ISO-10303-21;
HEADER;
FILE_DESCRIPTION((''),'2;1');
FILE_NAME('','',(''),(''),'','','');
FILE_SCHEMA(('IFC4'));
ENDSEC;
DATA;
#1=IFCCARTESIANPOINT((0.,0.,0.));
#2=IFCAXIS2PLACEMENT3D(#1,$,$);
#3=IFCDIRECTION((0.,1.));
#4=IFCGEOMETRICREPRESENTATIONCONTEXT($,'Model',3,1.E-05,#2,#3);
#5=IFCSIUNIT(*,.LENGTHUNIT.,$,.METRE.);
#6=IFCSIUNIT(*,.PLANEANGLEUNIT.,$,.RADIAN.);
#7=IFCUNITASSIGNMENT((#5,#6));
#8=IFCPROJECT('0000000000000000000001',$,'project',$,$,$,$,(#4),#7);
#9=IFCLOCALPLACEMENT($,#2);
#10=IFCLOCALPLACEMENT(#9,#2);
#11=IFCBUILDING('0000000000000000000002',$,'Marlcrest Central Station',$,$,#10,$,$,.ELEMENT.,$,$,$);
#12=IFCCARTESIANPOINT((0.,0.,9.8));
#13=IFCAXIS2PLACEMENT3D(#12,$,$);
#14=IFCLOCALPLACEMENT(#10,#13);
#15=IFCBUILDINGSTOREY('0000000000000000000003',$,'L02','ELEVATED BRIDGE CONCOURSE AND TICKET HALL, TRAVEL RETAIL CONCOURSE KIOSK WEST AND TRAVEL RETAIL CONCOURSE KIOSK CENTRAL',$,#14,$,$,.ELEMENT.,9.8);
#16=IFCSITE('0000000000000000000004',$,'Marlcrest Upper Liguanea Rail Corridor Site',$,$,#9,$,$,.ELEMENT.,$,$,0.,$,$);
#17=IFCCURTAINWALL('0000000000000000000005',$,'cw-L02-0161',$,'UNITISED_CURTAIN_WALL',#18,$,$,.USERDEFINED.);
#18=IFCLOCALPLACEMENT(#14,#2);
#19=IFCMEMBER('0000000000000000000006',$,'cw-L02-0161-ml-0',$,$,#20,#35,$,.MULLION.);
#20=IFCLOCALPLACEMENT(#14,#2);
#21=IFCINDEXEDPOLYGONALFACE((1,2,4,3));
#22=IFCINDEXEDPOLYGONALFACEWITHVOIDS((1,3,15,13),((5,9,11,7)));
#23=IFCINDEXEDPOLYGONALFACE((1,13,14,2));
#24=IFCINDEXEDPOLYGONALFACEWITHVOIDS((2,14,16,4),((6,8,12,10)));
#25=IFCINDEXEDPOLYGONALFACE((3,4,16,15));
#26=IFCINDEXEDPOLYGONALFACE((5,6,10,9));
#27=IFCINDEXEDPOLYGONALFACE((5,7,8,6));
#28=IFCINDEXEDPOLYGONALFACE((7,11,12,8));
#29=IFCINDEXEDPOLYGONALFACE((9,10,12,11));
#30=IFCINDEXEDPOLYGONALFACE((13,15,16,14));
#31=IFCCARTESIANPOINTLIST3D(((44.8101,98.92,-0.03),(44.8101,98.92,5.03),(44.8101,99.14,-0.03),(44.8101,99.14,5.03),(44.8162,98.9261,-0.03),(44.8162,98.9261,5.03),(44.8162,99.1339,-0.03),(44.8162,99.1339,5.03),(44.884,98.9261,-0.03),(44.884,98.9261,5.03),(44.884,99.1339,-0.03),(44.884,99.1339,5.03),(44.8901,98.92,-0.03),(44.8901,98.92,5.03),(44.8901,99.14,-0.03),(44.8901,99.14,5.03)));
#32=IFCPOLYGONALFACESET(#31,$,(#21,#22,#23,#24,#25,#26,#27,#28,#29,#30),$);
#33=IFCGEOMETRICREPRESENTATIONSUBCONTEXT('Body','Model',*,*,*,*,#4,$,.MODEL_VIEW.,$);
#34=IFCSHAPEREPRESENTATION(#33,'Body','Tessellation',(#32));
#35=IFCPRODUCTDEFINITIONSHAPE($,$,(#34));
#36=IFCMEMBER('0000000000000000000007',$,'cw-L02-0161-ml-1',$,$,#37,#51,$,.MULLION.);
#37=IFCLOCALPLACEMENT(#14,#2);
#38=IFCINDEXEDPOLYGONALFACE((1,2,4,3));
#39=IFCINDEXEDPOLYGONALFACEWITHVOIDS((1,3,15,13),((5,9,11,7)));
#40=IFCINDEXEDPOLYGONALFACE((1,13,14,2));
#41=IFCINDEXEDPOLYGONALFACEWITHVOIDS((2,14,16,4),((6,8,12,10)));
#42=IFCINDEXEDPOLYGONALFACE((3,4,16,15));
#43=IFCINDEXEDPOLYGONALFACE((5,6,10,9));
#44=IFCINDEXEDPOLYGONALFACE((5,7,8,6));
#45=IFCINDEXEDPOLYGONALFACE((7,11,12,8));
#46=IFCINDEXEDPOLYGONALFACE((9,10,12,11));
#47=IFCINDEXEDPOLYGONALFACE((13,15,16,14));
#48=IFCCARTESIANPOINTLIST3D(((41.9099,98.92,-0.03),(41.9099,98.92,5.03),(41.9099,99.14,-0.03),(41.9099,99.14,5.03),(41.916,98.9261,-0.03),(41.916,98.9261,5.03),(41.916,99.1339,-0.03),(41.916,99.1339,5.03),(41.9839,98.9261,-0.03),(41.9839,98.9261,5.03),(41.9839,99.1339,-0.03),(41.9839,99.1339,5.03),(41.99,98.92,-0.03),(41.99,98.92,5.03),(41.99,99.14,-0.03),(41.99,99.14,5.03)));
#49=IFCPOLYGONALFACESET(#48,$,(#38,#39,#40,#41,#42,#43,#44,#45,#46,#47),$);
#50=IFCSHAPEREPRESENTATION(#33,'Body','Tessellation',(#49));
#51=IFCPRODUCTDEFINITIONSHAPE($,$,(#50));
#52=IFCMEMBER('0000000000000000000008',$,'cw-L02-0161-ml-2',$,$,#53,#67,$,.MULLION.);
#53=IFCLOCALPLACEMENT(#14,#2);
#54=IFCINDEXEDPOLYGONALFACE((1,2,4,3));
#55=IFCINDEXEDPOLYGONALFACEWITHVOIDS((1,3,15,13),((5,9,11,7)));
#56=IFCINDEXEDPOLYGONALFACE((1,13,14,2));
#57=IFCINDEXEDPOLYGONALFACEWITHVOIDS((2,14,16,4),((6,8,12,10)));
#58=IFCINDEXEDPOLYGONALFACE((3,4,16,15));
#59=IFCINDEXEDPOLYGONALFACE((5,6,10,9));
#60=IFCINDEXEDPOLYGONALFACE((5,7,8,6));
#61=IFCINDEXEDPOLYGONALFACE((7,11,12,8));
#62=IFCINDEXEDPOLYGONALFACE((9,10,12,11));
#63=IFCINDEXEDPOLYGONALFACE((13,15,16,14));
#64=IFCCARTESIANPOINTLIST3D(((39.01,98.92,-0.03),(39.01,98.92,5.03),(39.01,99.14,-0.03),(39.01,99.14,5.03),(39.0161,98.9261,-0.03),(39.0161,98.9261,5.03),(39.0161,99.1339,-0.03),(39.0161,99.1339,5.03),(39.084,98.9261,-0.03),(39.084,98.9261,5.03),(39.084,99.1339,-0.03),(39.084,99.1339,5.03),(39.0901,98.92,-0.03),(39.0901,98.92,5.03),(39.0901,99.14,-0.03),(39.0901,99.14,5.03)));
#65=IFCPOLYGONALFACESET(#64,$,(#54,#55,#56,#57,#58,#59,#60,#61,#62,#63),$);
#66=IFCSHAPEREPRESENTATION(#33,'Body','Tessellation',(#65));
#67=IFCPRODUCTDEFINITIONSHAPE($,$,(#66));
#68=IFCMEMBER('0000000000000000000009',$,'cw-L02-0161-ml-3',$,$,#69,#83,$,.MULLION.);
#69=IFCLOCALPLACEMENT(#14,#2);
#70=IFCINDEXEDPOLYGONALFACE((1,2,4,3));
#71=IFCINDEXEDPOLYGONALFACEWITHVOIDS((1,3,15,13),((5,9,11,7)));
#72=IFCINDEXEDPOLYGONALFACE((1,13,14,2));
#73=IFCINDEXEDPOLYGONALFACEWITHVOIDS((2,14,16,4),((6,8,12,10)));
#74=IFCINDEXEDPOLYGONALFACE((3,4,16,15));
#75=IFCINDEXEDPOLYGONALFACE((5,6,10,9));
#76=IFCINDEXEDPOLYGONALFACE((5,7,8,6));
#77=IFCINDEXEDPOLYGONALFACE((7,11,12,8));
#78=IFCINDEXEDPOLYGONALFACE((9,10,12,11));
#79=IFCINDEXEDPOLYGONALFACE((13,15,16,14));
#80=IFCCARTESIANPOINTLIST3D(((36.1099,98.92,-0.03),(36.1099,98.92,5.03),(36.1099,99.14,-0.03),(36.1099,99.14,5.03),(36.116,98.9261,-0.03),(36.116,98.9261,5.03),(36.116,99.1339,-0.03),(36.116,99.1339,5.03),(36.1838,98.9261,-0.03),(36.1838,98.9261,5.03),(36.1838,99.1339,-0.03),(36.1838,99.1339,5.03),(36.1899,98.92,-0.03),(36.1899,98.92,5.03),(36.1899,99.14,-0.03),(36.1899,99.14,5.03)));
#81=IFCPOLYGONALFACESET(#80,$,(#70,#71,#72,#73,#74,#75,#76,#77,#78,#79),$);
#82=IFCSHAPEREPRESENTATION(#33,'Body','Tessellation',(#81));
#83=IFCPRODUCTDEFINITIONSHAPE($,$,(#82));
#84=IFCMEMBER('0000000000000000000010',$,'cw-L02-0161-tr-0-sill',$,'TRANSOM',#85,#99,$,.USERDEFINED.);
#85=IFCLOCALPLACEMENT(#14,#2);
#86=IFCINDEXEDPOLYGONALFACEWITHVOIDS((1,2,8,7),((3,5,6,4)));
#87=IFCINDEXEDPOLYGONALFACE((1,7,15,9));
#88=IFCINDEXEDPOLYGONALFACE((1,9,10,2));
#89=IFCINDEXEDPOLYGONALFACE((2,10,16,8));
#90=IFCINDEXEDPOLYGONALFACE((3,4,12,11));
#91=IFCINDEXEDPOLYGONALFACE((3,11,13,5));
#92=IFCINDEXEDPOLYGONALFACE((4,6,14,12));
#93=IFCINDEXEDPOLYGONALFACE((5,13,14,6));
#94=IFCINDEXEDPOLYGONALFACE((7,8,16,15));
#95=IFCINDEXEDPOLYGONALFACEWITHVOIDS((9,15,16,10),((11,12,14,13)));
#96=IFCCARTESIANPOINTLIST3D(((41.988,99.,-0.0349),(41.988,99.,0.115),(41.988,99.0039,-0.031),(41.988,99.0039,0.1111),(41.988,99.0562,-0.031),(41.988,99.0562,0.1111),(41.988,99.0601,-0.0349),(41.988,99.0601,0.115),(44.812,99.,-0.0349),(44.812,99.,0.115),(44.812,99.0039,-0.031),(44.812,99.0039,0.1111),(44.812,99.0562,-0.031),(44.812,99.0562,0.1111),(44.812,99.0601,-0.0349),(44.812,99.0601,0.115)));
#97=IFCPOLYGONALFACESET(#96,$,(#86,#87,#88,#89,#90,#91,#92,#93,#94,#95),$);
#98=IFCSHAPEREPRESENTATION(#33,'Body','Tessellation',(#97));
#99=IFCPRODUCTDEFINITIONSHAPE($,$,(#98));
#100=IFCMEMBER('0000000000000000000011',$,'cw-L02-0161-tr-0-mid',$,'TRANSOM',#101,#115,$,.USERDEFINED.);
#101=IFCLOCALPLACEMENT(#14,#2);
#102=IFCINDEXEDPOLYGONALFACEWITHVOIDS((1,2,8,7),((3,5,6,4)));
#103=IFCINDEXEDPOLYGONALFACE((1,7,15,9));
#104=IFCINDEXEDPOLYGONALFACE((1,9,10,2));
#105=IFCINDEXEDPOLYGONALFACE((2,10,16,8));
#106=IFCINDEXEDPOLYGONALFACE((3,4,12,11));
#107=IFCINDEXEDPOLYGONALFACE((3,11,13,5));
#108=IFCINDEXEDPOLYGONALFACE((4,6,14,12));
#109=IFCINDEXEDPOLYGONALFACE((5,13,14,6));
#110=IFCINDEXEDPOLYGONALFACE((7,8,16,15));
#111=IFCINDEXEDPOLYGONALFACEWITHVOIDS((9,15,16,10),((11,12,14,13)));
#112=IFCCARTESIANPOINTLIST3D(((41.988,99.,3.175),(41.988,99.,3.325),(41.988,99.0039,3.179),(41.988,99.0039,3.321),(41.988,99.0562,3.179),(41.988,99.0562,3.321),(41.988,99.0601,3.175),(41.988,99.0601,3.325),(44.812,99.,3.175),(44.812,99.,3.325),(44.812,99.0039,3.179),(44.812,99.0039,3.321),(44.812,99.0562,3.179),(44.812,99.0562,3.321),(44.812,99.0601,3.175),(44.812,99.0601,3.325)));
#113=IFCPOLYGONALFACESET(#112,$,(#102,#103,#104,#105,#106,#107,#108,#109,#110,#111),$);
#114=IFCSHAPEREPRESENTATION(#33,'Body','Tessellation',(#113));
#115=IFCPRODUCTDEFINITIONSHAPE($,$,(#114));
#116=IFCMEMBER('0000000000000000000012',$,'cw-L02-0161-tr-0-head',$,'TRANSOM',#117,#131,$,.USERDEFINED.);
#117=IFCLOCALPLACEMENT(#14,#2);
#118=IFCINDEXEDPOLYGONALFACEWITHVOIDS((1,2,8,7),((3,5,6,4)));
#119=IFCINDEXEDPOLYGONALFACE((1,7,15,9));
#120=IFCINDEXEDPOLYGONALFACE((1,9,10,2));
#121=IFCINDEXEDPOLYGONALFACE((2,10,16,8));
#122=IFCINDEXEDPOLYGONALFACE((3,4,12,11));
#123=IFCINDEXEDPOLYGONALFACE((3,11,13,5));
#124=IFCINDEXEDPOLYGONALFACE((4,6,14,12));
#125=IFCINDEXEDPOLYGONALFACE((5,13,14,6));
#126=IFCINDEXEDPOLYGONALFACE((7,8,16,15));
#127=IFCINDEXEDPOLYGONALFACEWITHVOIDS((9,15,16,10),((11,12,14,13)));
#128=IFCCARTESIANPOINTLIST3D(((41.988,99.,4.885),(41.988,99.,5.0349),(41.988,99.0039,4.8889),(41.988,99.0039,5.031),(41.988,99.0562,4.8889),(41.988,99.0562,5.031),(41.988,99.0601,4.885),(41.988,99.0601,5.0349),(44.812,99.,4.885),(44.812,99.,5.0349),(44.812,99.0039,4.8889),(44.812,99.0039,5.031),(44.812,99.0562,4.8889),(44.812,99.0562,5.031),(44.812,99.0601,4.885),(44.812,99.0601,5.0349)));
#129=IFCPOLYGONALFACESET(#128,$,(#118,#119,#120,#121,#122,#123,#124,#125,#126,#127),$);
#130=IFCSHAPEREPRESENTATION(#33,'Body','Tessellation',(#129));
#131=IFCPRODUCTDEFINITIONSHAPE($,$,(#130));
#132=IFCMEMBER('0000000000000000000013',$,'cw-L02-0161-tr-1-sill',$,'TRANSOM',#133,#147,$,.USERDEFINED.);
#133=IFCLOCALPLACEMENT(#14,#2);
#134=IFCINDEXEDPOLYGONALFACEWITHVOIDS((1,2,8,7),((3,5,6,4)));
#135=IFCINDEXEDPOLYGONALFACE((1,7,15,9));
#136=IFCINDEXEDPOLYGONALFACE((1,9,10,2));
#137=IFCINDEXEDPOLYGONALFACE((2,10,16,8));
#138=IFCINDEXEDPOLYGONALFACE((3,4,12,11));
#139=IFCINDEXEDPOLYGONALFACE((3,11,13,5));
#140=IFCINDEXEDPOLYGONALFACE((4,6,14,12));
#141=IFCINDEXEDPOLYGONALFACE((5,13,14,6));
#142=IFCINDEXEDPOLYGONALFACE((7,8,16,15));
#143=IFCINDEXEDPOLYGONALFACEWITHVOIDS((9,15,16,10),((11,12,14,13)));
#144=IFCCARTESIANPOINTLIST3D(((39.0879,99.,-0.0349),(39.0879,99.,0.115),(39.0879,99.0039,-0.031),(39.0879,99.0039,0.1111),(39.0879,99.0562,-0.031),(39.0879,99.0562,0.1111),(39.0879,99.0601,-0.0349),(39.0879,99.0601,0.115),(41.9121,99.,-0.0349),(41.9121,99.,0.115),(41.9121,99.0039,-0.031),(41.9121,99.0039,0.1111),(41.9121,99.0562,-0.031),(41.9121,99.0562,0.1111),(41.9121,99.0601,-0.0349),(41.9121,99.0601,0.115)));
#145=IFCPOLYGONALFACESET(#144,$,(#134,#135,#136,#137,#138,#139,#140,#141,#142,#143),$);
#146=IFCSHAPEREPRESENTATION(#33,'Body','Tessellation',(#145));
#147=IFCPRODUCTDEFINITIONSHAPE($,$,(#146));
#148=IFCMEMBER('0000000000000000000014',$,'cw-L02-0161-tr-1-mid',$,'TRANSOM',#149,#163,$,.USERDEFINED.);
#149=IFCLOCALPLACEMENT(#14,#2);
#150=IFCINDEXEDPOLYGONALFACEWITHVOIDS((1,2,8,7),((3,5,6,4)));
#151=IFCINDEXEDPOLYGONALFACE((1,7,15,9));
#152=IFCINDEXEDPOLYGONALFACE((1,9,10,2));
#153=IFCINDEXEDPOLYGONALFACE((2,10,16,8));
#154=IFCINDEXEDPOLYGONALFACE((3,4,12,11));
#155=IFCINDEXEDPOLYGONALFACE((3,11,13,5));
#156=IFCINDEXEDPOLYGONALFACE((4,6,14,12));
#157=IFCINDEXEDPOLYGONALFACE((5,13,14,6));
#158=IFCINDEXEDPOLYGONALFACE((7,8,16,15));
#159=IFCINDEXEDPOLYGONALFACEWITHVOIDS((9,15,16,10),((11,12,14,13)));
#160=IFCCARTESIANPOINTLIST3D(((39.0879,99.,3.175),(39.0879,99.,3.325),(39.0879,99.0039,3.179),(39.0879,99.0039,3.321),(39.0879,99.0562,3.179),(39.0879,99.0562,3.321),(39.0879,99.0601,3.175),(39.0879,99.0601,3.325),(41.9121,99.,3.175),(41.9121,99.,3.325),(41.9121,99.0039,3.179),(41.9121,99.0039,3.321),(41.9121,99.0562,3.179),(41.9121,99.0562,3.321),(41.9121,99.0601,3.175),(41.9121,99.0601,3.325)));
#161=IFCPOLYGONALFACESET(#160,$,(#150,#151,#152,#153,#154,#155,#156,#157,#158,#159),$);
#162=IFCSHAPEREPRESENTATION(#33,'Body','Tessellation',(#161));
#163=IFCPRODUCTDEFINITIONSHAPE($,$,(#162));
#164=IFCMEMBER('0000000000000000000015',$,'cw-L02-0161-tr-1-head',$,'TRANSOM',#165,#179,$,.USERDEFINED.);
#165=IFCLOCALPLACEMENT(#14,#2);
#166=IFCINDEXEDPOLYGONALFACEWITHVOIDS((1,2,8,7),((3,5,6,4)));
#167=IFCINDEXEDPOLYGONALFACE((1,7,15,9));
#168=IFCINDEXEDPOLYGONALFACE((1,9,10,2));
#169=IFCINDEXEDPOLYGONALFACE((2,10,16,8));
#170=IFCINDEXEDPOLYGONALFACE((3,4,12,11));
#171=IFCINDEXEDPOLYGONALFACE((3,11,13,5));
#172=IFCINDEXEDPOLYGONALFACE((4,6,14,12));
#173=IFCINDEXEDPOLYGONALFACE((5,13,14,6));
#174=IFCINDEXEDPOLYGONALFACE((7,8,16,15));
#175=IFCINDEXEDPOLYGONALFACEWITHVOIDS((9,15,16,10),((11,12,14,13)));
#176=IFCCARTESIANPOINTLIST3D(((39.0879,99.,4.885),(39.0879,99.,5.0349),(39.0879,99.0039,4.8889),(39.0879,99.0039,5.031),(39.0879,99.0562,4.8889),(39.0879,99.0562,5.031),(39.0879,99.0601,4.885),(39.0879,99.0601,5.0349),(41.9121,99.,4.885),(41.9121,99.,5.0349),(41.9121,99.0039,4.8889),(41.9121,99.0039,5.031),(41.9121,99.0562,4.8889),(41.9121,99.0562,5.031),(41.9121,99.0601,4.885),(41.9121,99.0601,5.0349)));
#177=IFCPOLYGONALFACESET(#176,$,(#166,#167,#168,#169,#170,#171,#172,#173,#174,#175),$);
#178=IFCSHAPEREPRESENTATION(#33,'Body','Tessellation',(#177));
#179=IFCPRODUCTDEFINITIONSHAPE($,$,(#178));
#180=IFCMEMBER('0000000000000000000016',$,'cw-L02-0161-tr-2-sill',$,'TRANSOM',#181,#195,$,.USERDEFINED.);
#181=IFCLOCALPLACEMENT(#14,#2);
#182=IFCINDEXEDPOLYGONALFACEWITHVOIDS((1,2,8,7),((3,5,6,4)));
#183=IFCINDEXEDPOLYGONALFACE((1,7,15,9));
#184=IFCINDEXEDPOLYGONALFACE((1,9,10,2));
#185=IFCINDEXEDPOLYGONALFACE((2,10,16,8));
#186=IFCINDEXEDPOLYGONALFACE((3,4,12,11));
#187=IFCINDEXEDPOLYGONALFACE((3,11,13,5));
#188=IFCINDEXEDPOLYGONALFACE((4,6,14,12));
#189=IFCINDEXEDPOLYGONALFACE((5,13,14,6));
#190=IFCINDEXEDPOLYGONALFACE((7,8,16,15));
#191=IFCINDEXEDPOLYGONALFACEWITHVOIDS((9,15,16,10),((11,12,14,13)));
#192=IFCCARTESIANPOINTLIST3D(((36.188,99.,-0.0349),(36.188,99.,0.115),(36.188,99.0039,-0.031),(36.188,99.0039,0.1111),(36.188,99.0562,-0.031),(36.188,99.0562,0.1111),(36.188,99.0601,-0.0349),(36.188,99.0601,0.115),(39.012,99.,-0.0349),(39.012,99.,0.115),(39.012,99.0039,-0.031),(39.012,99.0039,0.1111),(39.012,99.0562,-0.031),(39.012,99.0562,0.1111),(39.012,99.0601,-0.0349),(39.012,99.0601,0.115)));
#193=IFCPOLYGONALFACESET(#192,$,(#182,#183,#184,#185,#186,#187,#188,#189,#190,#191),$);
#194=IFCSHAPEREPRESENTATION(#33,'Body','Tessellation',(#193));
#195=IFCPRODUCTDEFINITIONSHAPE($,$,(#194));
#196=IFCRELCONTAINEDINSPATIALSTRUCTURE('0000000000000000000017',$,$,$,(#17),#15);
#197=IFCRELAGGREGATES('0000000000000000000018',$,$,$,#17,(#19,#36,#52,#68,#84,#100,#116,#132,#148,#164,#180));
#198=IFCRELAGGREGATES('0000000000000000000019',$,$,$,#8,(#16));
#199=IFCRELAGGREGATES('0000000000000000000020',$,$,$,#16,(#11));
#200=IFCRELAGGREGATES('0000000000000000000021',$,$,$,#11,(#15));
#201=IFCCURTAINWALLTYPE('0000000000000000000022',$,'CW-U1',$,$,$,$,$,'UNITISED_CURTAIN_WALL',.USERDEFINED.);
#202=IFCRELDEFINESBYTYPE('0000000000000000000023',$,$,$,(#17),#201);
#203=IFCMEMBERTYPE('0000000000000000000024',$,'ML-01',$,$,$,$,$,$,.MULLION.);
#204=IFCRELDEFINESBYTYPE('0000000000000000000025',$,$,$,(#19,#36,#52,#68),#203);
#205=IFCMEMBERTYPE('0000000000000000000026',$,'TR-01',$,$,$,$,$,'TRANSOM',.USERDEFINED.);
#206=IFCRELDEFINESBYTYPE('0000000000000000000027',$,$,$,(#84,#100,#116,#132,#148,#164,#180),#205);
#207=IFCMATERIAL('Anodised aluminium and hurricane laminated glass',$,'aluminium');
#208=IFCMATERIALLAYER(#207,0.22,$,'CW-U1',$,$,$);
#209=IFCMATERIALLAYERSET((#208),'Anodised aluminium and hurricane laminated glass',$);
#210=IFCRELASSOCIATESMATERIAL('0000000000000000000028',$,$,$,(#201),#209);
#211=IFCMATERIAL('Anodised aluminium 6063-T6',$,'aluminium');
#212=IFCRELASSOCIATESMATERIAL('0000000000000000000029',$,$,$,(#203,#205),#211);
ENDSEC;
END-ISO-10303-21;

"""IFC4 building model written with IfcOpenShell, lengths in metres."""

from ifc_helpers import new_model, si_unit, direction, frame, origin, origin_2d, place, context, subcontext, project, spatial, hollow_rectangle, extrude, material, layer, layer_set, material_profile, profile_set, type_object, element, aggregate, save


model = new_model("IFC4")

# Units and contexts
model_context = context("Model", 3, precision=1e-05, world=origin(), true_north=direction((0.0, 1.0)))
body_context = subcontext(model_context, "Body", "Model", "MODEL_VIEW")
ifc_project = project(units=[si_unit("LENGTHUNIT", "METRE"), si_unit("PLANEANGLEUNIT", "RADIAN")], contexts=[model_context])

# Site, building, storey
site_placement = place(None, origin())
site = spatial("IfcSite", under=ifc_project, at=site_placement, Name="Marlcrest Upper Liguanea Rail Corridor Site", CompositionType="ELEMENT", RefElevation=0.0)
building_placement = place(site_placement, origin())
building = spatial("IfcBuilding", under=site, at=building_placement, Name="Marlcrest Central Station", CompositionType="ELEMENT")
storey_placement = place(building_placement, frame((0.0, 0.0, 9.8)))
storey = spatial("IfcBuildingStorey", under=building, at=storey_placement, Name="L02", Description="ELEVATED BRIDGE CONCOURSE AND TICKET HALL, TRAVEL RETAIL CONCOURSE KIOSK WEST AND TRAVEL RETAIL CONCOURSE KIOSK CENTRAL", CompositionType="ELEMENT", Elevation=9.8)

# Curtain wall, members
ifc_material_1 = material(Name="Anodised aluminium and hurricane laminated glass", Category="aluminium")
ifc_layer_1 = layer(ifc_material_1, 0.22, Name="CW-U1")
ifc_layer_set_1 = layer_set([ifc_layer_1], Name="Anodised aluminium and hurricane laminated glass")
curtain_wall_type = type_object("IfcCurtainWallType", Name="CW-U1", ElementType="UNITISED_CURTAIN_WALL", PredefinedType="USERDEFINED", material=ifc_layer_set_1)
curtain_wall_placement = place(storey_placement, origin())
curtain_wall = element("IfcCurtainWall", 1, at=curtain_wall_placement, inside=storey, type_object=curtain_wall_type, Name="cw-L02-0161", ObjectType="UNITISED_CURTAIN_WALL", PredefinedType="USERDEFINED")
ifc_material_2 = material(Name="Anodised aluminium 6063-T6", Category="aluminium")
ifc_material_profile_1 = material_profile(ifc_material_2, hollow_rectangle(XDim=0.0801, YDim=0.22, WallThickness=0.0061, at=origin_2d()), Name="AA-RHS 220x80x6")
ifc_profile_set_1 = profile_set([ifc_material_profile_1], Name="Anodised aluminium 6063-T6")
member_type_1 = type_object("IfcMemberType", Name="ML-01", PredefinedType="MULLION", material=ifc_profile_set_1)
member_1_placement = place(storey_placement, frame((44.8501, 99.03, -0.03), z_axis=(0.0, 0.0, 1.0), x_axis=(1.0, 0.0, 0.0)))
member_1 = element("IfcMember", 2, at=member_1_placement, type_object=member_type_1, Name="cw-L02-0161-ml-0", PredefinedType="MULLION", context=body_context, shape_type="SweptSolid", body=[
    extrude(hollow_rectangle(XDim=0.0801, YDim=0.22, WallThickness=0.0061, at=origin_2d()), origin(), (0.0, 0.0, 1.0), 5.0601),
])
member_2_placement = place(storey_placement, frame((41.95, 99.03, -0.03), z_axis=(0.0, 0.0, 1.0), x_axis=(1.0, 0.0, 0.0)))
member_2 = element("IfcMember", 3, at=member_2_placement, type_object=member_type_1, Name="cw-L02-0161-ml-1", PredefinedType="MULLION", context=body_context, shape_type="SweptSolid", body=[
    extrude(hollow_rectangle(XDim=0.0801, YDim=0.22, WallThickness=0.0061, at=origin_2d()), origin(), (0.0, 0.0, 1.0), 5.0601),
])
member_3_placement = place(storey_placement, frame((39.05, 99.03, -0.03), z_axis=(0.0, 0.0, 1.0), x_axis=(1.0, 0.0, 0.0)))
member_3 = element("IfcMember", 4, at=member_3_placement, type_object=member_type_1, Name="cw-L02-0161-ml-2", PredefinedType="MULLION", context=body_context, shape_type="SweptSolid", body=[
    extrude(hollow_rectangle(XDim=0.0801, YDim=0.22, WallThickness=0.0061, at=origin_2d()), origin(), (0.0, 0.0, 1.0), 5.0601),
])
member_4_placement = place(storey_placement, frame((36.1499, 99.03, -0.03), z_axis=(0.0, 0.0, 1.0), x_axis=(1.0, 0.0, 0.0)))
member_4 = element("IfcMember", 5, at=member_4_placement, type_object=member_type_1, Name="cw-L02-0161-ml-3", PredefinedType="MULLION", context=body_context, shape_type="SweptSolid", body=[
    extrude(hollow_rectangle(XDim=0.0801, YDim=0.22, WallThickness=0.0061, at=origin_2d()), origin(), (0.0, 0.0, 1.0), 5.0601),
])
ifc_material_profile_2 = material_profile(ifc_material_2, hollow_rectangle(XDim=0.0601, YDim=0.1499, WallThickness=0.0039, at=origin_2d()), Name="AA-RHS 150x60x4")
ifc_profile_set_2 = profile_set([ifc_material_profile_2], Name="Anodised aluminium 6063-T6")
member_type_2 = type_object("IfcMemberType", Name="TR-01", ElementType="TRANSOM", PredefinedType="USERDEFINED", material=ifc_profile_set_2)
member_5_placement = place(storey_placement, frame((44.812, 99.03, 0.04), z_axis=(-1.0, 0.0, 0.0), x_axis=(0.0, -1.0, 0.0)))
member_5 = element("IfcMember", 6, at=member_5_placement, type_object=member_type_2, Name="cw-L02-0161-tr-0-sill", ObjectType="TRANSOM", PredefinedType="USERDEFINED", context=body_context, shape_type="SweptSolid", body=[
    extrude(hollow_rectangle(XDim=0.0601, YDim=0.1499, WallThickness=0.0039, at=origin_2d()), origin(), (0.0, 0.0, 1.0), 2.824),
])
member_6_placement = place(storey_placement, frame((44.812, 99.03, 3.25), z_axis=(-1.0, 0.0, 0.0), x_axis=(0.0, -1.0, 0.0)))
member_6 = element("IfcMember", 7, at=member_6_placement, type_object=member_type_2, Name="cw-L02-0161-tr-0-mid", ObjectType="TRANSOM", PredefinedType="USERDEFINED", context=body_context, shape_type="SweptSolid", body=[
    extrude(hollow_rectangle(XDim=0.0601, YDim=0.1499, WallThickness=0.0039, at=origin_2d()), origin(), (0.0, 0.0, 1.0), 2.824),
])
member_7_placement = place(storey_placement, frame((44.812, 99.03, 4.96), z_axis=(-1.0, 0.0, 0.0), x_axis=(0.0, -1.0, 0.0)))
member_7 = element("IfcMember", 8, at=member_7_placement, type_object=member_type_2, Name="cw-L02-0161-tr-0-head", ObjectType="TRANSOM", PredefinedType="USERDEFINED", context=body_context, shape_type="SweptSolid", body=[
    extrude(hollow_rectangle(XDim=0.0601, YDim=0.1499, WallThickness=0.0039, at=origin_2d()), origin(), (0.0, 0.0, 1.0), 2.824),
])
member_8_placement = place(storey_placement, frame((41.9121, 99.03, 0.04), z_axis=(-1.0, 0.0, 0.0), x_axis=(0.0, -1.0, 0.0)))
member_8 = element("IfcMember", 9, at=member_8_placement, type_object=member_type_2, Name="cw-L02-0161-tr-1-sill", ObjectType="TRANSOM", PredefinedType="USERDEFINED", context=body_context, shape_type="SweptSolid", body=[
    extrude(hollow_rectangle(XDim=0.0601, YDim=0.1499, WallThickness=0.0039, at=origin_2d()), origin(), (0.0, 0.0, 1.0), 2.8242),
])
member_9_placement = place(storey_placement, frame((41.9121, 99.03, 3.25), z_axis=(-1.0, 0.0, 0.0), x_axis=(0.0, -1.0, 0.0)))
member_9 = element("IfcMember", 10, at=member_9_placement, type_object=member_type_2, Name="cw-L02-0161-tr-1-mid", ObjectType="TRANSOM", PredefinedType="USERDEFINED", context=body_context, shape_type="SweptSolid", body=[
    extrude(hollow_rectangle(XDim=0.0601, YDim=0.1499, WallThickness=0.0039, at=origin_2d()), origin(), (0.0, 0.0, 1.0), 2.8242),
])
member_10_placement = place(storey_placement, frame((41.9121, 99.03, 4.96), z_axis=(-1.0, 0.0, 0.0), x_axis=(0.0, -1.0, 0.0)))
member_10 = element("IfcMember", 11, at=member_10_placement, type_object=member_type_2, Name="cw-L02-0161-tr-1-head", ObjectType="TRANSOM", PredefinedType="USERDEFINED", context=body_context, shape_type="SweptSolid", body=[
    extrude(hollow_rectangle(XDim=0.0601, YDim=0.1499, WallThickness=0.0039, at=origin_2d()), origin(), (0.0, 0.0, 1.0), 2.8242),
])
member_11_placement = place(storey_placement, frame((39.012, 99.03, 0.04), z_axis=(-1.0, 0.0, 0.0), x_axis=(0.0, -1.0, 0.0)))
member_11 = element("IfcMember", 12, at=member_11_placement, type_object=member_type_2, Name="cw-L02-0161-tr-2-sill", ObjectType="TRANSOM", PredefinedType="USERDEFINED", context=body_context, shape_type="SweptSolid", body=[
    extrude(hollow_rectangle(XDim=0.0601, YDim=0.1499, WallThickness=0.0039, at=origin_2d()), origin(), (0.0, 0.0, 1.0), 2.824),
])
aggregate(curtain_wall, [member_1, member_2, member_3, member_4, member_5, member_6, member_7, member_8, member_9, member_10, member_11])

save(model, "model.ifc")
